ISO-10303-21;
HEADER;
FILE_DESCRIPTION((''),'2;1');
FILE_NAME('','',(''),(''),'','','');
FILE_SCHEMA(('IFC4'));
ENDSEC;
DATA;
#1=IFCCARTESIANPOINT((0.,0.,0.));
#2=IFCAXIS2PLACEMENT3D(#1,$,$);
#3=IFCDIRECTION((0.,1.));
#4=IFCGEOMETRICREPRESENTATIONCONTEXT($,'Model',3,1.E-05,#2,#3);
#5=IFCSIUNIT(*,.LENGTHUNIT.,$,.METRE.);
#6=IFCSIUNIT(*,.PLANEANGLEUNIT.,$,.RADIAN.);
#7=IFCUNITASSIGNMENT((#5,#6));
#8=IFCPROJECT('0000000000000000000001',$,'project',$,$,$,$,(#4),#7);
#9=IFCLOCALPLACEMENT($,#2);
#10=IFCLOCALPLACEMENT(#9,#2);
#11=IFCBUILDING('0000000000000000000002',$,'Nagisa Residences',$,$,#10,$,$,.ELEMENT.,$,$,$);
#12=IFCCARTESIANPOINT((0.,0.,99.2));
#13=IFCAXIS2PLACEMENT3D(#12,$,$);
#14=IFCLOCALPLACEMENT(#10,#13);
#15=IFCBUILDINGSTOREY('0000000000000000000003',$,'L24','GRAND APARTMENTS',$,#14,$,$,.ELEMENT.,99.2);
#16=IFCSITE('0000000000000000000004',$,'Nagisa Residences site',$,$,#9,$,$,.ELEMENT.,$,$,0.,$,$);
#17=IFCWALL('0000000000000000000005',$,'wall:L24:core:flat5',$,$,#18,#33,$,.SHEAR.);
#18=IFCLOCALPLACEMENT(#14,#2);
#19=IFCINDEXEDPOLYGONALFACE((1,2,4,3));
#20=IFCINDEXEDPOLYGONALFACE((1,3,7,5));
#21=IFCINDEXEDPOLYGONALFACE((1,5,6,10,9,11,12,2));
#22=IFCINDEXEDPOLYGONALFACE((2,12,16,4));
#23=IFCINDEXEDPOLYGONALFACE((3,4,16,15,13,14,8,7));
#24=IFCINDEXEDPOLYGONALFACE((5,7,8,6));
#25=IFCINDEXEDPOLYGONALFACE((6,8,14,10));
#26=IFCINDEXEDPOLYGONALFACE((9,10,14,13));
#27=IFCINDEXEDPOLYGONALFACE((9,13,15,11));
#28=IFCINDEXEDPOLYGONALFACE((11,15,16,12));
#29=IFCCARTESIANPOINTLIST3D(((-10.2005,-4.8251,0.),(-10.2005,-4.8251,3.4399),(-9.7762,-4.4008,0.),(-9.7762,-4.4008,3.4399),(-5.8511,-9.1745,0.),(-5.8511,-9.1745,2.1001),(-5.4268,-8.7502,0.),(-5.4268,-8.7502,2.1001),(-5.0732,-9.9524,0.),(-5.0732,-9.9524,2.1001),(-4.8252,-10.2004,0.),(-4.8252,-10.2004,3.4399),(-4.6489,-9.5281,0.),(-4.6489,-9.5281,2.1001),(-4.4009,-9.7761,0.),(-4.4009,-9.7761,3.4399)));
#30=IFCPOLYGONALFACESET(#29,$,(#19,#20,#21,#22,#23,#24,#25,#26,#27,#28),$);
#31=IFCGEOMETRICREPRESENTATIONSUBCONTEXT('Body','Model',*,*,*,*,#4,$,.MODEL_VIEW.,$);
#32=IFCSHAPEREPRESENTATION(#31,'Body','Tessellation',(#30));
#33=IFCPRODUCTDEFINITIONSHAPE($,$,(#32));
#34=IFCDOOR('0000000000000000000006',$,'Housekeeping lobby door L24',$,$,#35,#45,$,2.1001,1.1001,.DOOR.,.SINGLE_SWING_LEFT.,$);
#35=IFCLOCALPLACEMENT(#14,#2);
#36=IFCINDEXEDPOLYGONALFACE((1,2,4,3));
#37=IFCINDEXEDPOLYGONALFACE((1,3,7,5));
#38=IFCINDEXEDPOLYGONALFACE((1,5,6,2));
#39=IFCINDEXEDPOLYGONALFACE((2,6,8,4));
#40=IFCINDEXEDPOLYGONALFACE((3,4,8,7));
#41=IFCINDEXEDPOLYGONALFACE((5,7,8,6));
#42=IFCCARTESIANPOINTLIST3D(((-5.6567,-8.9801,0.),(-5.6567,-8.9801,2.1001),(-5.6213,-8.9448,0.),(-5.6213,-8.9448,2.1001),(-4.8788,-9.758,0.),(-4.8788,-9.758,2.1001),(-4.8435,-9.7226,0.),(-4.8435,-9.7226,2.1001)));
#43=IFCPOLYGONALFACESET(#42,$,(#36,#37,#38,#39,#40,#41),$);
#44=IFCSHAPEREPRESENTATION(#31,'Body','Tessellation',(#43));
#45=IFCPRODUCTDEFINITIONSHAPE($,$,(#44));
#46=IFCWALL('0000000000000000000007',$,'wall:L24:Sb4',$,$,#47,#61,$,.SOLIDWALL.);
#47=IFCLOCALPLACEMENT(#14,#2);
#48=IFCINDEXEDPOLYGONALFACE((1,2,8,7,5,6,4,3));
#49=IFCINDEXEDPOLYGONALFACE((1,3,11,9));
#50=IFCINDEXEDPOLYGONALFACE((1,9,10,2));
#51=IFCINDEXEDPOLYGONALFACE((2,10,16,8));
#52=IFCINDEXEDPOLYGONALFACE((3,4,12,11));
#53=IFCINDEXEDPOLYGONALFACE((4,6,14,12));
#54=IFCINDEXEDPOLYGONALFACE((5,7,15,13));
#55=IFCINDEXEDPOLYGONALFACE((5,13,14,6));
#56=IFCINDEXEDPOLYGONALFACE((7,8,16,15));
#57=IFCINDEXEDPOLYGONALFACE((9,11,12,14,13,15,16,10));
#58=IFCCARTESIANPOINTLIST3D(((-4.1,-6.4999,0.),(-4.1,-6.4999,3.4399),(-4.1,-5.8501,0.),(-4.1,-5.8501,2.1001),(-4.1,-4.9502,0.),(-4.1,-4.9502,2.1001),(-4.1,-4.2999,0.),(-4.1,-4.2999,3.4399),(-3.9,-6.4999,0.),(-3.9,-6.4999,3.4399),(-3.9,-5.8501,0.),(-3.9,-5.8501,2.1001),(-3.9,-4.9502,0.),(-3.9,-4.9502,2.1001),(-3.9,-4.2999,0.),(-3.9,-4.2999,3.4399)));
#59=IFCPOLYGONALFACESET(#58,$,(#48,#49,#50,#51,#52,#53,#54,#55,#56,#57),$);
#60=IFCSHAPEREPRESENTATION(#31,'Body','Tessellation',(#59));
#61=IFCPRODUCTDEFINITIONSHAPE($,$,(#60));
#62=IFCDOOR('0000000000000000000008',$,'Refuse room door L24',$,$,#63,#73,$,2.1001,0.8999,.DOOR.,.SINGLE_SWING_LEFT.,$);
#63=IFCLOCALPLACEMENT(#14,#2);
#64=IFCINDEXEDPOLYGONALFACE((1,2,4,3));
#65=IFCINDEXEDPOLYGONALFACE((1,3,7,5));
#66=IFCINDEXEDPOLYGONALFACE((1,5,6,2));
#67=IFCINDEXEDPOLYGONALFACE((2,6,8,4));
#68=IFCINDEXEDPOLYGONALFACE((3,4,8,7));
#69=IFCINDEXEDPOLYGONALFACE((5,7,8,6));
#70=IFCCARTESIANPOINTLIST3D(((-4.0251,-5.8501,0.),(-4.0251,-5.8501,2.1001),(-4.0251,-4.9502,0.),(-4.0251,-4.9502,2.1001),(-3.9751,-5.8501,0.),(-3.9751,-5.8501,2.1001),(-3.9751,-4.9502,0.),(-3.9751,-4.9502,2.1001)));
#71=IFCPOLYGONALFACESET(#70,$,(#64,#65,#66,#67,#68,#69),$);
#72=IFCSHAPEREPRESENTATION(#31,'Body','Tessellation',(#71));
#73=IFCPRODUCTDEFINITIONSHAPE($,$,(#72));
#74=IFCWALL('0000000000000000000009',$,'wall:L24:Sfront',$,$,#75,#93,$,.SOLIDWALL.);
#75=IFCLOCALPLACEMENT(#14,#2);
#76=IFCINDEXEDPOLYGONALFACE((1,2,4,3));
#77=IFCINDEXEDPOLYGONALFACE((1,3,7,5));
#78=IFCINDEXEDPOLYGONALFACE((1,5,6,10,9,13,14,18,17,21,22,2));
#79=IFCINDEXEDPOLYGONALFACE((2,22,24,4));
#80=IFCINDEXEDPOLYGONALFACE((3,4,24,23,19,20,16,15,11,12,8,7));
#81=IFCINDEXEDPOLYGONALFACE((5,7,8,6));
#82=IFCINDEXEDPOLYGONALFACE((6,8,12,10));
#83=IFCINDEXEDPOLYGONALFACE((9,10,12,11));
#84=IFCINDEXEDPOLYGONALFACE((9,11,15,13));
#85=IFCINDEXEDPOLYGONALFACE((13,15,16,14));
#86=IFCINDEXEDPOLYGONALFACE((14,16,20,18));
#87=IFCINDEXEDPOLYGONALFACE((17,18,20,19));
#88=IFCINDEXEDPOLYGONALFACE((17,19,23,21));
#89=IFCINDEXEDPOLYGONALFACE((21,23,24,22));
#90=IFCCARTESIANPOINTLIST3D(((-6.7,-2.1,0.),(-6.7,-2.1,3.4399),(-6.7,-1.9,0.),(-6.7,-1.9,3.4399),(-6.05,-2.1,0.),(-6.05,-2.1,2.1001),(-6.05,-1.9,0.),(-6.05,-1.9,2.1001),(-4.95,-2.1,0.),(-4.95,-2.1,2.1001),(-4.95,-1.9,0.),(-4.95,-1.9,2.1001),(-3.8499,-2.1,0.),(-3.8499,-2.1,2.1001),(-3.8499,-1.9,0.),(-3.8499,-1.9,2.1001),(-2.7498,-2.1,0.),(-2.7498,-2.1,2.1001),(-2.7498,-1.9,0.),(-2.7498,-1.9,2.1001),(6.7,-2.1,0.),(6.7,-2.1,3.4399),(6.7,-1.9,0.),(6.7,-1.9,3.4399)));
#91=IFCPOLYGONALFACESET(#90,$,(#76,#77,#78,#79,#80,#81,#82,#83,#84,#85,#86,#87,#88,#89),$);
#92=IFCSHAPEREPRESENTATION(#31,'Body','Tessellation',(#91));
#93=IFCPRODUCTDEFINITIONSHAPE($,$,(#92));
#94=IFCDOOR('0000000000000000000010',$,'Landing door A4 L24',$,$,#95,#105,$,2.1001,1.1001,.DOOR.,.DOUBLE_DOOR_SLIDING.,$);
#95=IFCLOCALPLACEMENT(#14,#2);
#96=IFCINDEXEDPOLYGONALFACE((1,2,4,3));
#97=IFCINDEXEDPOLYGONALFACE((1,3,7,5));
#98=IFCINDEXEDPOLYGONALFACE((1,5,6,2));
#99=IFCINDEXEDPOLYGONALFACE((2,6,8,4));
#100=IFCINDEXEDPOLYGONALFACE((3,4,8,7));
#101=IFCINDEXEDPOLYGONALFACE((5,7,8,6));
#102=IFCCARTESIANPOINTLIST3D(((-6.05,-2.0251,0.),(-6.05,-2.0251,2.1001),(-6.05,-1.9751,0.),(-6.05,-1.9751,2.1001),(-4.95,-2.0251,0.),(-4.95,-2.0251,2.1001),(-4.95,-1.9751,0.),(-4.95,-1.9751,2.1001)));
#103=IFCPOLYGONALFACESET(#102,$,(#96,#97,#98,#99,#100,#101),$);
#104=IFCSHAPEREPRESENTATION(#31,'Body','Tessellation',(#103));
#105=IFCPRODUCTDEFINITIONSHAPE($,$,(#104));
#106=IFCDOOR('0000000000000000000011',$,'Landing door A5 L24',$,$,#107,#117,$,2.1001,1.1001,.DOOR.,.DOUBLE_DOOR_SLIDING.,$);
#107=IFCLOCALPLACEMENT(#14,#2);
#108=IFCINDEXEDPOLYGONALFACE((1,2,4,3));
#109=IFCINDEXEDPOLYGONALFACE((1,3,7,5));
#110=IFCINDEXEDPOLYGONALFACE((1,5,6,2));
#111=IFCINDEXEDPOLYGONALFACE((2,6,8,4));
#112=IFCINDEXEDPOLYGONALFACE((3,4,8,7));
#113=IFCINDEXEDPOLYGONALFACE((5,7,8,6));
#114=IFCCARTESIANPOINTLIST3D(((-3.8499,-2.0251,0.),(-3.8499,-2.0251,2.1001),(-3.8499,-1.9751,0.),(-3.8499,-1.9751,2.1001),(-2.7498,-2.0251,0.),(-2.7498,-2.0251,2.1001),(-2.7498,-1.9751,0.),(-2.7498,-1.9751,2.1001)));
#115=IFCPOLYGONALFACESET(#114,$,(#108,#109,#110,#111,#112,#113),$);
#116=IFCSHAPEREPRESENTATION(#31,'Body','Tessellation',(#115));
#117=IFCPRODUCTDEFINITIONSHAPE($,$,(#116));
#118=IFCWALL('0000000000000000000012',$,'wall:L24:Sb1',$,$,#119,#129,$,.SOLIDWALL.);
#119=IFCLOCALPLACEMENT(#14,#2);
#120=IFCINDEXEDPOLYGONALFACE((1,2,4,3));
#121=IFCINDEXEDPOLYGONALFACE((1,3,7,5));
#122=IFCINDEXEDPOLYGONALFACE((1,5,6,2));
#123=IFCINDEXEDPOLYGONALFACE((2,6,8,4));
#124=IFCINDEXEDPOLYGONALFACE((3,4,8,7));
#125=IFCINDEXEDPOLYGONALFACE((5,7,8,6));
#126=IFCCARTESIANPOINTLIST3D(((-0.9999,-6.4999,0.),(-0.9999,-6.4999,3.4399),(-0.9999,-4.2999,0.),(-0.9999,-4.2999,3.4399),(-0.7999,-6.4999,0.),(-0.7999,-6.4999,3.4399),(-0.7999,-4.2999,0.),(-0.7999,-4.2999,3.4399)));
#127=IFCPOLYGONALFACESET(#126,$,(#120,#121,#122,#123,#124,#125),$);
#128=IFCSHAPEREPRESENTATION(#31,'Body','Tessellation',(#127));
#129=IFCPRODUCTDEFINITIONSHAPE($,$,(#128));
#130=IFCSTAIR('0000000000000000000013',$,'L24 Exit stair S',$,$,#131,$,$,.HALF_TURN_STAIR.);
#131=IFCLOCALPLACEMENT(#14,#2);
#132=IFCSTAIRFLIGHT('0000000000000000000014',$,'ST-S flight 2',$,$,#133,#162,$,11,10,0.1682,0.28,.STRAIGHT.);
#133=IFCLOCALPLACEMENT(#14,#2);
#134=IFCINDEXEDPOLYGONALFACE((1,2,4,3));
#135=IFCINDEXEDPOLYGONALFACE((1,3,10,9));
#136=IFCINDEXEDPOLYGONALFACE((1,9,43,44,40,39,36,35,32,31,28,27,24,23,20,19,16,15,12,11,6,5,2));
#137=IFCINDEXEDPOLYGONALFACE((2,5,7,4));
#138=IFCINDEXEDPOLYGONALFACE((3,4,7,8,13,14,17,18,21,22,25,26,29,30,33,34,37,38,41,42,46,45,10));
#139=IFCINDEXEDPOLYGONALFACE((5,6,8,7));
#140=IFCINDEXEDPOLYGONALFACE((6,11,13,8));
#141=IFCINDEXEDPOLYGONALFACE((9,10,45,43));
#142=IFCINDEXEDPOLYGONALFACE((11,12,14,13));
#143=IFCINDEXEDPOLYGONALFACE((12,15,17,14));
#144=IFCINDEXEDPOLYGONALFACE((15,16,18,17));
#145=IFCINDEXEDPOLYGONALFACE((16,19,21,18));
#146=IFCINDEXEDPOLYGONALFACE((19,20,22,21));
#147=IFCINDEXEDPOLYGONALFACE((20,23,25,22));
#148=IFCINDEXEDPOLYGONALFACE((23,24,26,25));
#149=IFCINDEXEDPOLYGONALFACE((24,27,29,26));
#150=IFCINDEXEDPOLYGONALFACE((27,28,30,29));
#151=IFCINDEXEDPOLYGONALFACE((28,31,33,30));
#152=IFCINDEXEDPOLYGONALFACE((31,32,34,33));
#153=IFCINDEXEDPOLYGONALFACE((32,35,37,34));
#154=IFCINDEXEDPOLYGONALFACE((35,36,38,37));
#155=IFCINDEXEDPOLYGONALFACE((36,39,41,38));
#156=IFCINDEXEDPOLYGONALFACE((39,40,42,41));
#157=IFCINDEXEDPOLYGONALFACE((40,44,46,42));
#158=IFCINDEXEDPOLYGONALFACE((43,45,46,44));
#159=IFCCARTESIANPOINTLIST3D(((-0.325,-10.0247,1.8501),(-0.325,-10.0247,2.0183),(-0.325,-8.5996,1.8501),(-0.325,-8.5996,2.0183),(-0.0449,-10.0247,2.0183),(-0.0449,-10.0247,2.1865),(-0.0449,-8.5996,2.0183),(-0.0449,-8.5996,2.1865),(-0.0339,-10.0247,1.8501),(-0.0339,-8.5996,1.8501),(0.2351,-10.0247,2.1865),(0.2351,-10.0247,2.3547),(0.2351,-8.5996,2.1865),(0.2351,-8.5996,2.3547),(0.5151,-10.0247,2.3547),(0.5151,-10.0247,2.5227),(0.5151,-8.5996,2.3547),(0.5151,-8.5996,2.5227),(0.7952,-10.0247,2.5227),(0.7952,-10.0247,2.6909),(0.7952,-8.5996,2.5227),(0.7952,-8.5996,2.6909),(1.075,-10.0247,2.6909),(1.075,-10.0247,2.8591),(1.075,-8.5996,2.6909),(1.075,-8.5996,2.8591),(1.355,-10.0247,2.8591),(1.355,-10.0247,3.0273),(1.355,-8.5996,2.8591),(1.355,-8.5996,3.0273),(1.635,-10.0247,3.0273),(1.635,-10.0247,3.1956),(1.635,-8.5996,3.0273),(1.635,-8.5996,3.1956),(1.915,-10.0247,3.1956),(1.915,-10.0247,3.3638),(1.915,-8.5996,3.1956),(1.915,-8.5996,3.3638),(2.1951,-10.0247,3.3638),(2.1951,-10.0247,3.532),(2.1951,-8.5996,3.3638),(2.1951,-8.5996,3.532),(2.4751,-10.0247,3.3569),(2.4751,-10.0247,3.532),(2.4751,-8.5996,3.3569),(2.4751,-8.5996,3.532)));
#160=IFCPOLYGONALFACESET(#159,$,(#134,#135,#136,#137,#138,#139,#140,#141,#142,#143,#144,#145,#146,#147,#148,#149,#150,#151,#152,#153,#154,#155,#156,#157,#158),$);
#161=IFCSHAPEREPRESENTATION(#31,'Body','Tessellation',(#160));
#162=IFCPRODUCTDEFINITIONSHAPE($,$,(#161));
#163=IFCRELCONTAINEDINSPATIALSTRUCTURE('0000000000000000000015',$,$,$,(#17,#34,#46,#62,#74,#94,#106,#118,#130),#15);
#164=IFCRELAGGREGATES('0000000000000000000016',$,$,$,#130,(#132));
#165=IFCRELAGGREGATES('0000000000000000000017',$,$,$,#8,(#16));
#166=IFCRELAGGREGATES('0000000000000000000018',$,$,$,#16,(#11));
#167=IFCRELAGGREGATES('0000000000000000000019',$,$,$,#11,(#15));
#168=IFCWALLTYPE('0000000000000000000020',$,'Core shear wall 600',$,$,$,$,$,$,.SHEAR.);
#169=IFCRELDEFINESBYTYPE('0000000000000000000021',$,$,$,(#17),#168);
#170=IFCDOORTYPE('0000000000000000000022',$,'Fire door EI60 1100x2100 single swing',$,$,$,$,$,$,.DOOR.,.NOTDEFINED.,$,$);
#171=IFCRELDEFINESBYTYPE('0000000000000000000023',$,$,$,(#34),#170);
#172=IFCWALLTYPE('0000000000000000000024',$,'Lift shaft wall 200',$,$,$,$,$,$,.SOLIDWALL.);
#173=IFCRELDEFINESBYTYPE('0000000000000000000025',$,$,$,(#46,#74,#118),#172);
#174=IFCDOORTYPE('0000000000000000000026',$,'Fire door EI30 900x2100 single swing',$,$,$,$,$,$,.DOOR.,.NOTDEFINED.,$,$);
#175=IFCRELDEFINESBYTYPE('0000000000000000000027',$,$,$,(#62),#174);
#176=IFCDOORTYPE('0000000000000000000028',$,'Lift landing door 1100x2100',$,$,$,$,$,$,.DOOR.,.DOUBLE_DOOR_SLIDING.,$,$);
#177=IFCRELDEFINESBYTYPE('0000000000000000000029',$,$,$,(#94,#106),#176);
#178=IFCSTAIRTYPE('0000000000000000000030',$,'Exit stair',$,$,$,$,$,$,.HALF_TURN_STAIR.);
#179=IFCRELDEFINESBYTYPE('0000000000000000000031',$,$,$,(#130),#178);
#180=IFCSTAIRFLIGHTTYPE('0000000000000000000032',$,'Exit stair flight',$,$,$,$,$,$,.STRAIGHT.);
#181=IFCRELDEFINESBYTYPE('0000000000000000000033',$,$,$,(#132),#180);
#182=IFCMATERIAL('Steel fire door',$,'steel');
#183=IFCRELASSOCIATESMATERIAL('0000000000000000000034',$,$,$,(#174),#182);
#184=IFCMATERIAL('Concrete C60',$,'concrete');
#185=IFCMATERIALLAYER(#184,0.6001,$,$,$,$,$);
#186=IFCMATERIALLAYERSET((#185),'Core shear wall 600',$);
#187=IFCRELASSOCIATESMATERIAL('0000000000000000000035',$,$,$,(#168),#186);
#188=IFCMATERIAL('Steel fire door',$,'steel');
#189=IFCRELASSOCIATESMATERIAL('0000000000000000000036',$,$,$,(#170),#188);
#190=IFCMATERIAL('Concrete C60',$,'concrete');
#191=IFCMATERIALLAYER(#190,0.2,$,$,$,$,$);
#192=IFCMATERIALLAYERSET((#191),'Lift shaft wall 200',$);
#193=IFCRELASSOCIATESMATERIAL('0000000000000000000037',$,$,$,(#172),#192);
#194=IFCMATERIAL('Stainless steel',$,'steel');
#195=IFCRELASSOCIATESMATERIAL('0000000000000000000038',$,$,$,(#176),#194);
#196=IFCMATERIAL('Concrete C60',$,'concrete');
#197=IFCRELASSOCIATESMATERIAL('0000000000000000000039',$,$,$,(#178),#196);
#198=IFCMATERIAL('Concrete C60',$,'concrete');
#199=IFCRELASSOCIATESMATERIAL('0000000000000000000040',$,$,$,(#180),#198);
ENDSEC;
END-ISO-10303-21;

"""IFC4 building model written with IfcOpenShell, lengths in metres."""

from ifc_helpers import new_model, si_unit, direction, frame, frame_2d, origin, place, context, subcontext, project, spatial, polyline, rectangle, outline, extrude, material, layer, layer_set, type_object, element, fill, aggregate, save


model = new_model("IFC4")

# Units and contexts
model_context = context("Model", 3, precision=1e-05, world=origin(), true_north=direction((0.0, 1.0)))
body_context = subcontext(model_context, "Body", "Model", "MODEL_VIEW")
ifc_project = project(units=[si_unit("LENGTHUNIT", "METRE"), si_unit("PLANEANGLEUNIT", "RADIAN")], contexts=[model_context])

# Site, building, storey
site_placement = place(None, origin())
site = spatial("IfcSite", under=ifc_project, at=site_placement, Name="Nagisa Residences site", CompositionType="ELEMENT", RefElevation=0.0)
building_placement = place(site_placement, origin())
building = spatial("IfcBuilding", under=site, at=building_placement, Name="Nagisa Residences", CompositionType="ELEMENT")
storey_placement = place(building_placement, frame((0.0, 0.0, 99.2)))
storey = spatial("IfcBuildingStorey", under=building, at=storey_placement, Name="L24", Description="GRAND APARTMENTS", CompositionType="ELEMENT", Elevation=99.2)

# Shared definitions
ifc_material_1 = material(Name="Steel fire door", Category="steel")
door_type_1 = type_object("IfcDoorType", Name="Fire door EI30 900x2100 single swing", OperationType="NOTDEFINED", PredefinedType="DOOR", material=ifc_material_1)

# Walls, openings, doors
ifc_material_2 = material(Name="Concrete C60", Category="concrete")
ifc_layer_1 = layer(ifc_material_2, 0.6001)
ifc_layer_set_1 = layer_set([ifc_layer_1], Name="Core shear wall 600")
wall_type_1 = type_object("IfcWallType", Name="Core shear wall 600", PredefinedType="SHEAR", material=ifc_layer_set_1)
wall_1_placement = place(storey_placement, frame((-9.9883, -4.613, 0.0), z_axis=(0.0, 0.0, 1.0), x_axis=(0.707107, -0.707107, 0.0)))
wall_1 = element("IfcWall", 1, at=wall_1_placement, inside=storey, type_object=wall_type_1, Name="wall:L24:core:flat5", PredefinedType="SHEAR", context=body_context, shape_type="SweptSolid", body=[
    extrude(rectangle(XDim=7.6018, YDim=0.6001, at=frame_2d((3.8008, 0.0))), origin(), (0.0, 0.0, 1.0), 3.4399),
])
opening_1_placement = place(wall_1_placement, frame((6.1509, 0.0, 0.0)))
opening_1 = element("IfcOpeningElement", 2, at=opening_1_placement, cuts=wall_1, PredefinedType="OPENING", context=body_context, shape_type="SweptSolid", body=[
    extrude(rectangle(XDim=1.1001, YDim=2.1001, at=frame_2d((0.55, 1.05))), frame((0.0, 0.3101, 0.0), z_axis=(0.0, -1.0, 0.0), x_axis=(1.0, 0.0, 0.0)), (0.0, 0.0, 1.0), 0.6201),
])
ifc_material_3 = material(Name="Steel fire door", Category="steel")
door_type_2 = type_object("IfcDoorType", Name="Fire door EI60 1100x2100 single swing", OperationType="NOTDEFINED", PredefinedType="DOOR", material=ifc_material_3)
door_1_placement = place(opening_1_placement, origin())
door_1 = element("IfcDoor", 3, at=door_1_placement, inside=storey, type_object=door_type_2, Name="Housekeeping lobby door L24", OperationType="SINGLE_SWING_LEFT", OverallHeight=2.1001, OverallWidth=1.1001, PredefinedType="DOOR", context=body_context, shape_type="SweptSolid", body=[
    extrude(rectangle(XDim=1.1001, YDim=2.1001, at=frame_2d((0.55, 1.05))), frame((0.0, 0.0249, 0.0), z_axis=(0.0, -1.0, 0.0), x_axis=(1.0, 0.0, 0.0)), (0.0, 0.0, 1.0), 0.05),
])
fill(opening_1, door_1)
ifc_material_4 = material(Name="Concrete C60", Category="concrete")
ifc_layer_2 = layer(ifc_material_4, 0.2)
ifc_layer_set_2 = layer_set([ifc_layer_2], Name="Lift shaft wall 200")
wall_type_2 = type_object("IfcWallType", Name="Lift shaft wall 200", PredefinedType="SOLIDWALL", material=ifc_layer_set_2)
wall_2_placement = place(storey_placement, frame((-4.0, -6.5, 0.0), z_axis=(0.0, 0.0, 1.0), x_axis=(0.0, 1.0, 0.0)))
wall_2 = element("IfcWall", 4, at=wall_2_placement, inside=storey, type_object=wall_type_2, Name="wall:L24:Sb4", PredefinedType="SOLIDWALL", context=body_context, shape_type="SweptSolid", body=[
    extrude(rectangle(XDim=2.2, YDim=0.2, at=frame_2d((1.1001, 0.0))), origin(), (0.0, 0.0, 1.0), 3.4399),
])
opening_2_placement = place(wall_2_placement, frame((0.6499, 0.0, 0.0)))
opening_2 = element("IfcOpeningElement", 5, at=opening_2_placement, cuts=wall_2, PredefinedType="OPENING", context=body_context, shape_type="SweptSolid", body=[
    extrude(rectangle(XDim=0.8999, YDim=2.1001, at=frame_2d((0.45, 1.05))), frame((0.0, 0.1099, 0.0), z_axis=(0.0, -1.0, 0.0), x_axis=(1.0, 0.0, 0.0)), (0.0, 0.0, 1.0), 0.22),
])
door_2_placement = place(opening_2_placement, frame((0.8999, 0.0, 0.0), x_axis=(-1.0, 0.0, 0.0)))
door_2 = element("IfcDoor", 6, at=door_2_placement, inside=storey, type_object=door_type_1, Name="Refuse room door L24", OperationType="SINGLE_SWING_LEFT", OverallHeight=2.1001, OverallWidth=0.8999, PredefinedType="DOOR", context=body_context, shape_type="SweptSolid", body=[
    extrude(rectangle(XDim=0.8999, YDim=2.1001, at=frame_2d((0.45, 1.05))), frame((0.0, 0.0249, 0.0), z_axis=(0.0, -1.0, 0.0), x_axis=(1.0, 0.0, 0.0)), (0.0, 0.0, 1.0), 0.05),
])
fill(opening_2, door_2)

# Wall, openings, doors
wall_3_placement = place(storey_placement, frame((-6.7, -2.0, 0.0), z_axis=(0.0, 0.0, 1.0), x_axis=(1.0, 0.0, 0.0)))
wall_3 = element("IfcWall", 7, at=wall_3_placement, inside=storey, type_object=wall_type_2, Name="wall:L24:Sfront", PredefinedType="SOLIDWALL", context=body_context, shape_type="SweptSolid", body=[
    extrude(rectangle(XDim=13.3999, YDim=0.2, at=frame_2d((6.7, 0.0))), origin(), (0.0, 0.0, 1.0), 3.4399),
])
opening_3_placement = place(wall_3_placement, frame((0.6499, 0.0, 0.0)))
opening_3 = element("IfcOpeningElement", 8, at=opening_3_placement, cuts=wall_3, PredefinedType="OPENING", context=body_context, shape_type="SweptSolid", body=[
    extrude(rectangle(XDim=1.1001, YDim=2.1001, at=frame_2d((0.55, 1.05))), frame((0.0, 0.1099, 0.0), z_axis=(0.0, -1.0, 0.0), x_axis=(1.0, 0.0, 0.0)), (0.0, 0.0, 1.0), 0.22),
])
opening_4_placement = place(wall_3_placement, frame((2.8501, 0.0, 0.0)))
opening_4 = element("IfcOpeningElement", 9, at=opening_4_placement, cuts=wall_3, PredefinedType="OPENING", context=body_context, shape_type="SweptSolid", body=[
    extrude(rectangle(XDim=1.1001, YDim=2.1001, at=frame_2d((0.55, 1.05))), frame((0.0, 0.1099, 0.0), z_axis=(0.0, -1.0, 0.0), x_axis=(1.0, 0.0, 0.0)), (0.0, 0.0, 1.0), 0.22),
])
ifc_material_5 = material(Name="Stainless steel", Category="steel")
door_type_3 = type_object("IfcDoorType", Name="Lift landing door 1100x2100", OperationType="DOUBLE_DOOR_SLIDING", PredefinedType="DOOR", material=ifc_material_5)
door_3_placement = place(opening_3_placement, origin())
door_3 = element("IfcDoor", 10, at=door_3_placement, inside=storey, type_object=door_type_3, Name="Landing door A4 L24", OperationType="DOUBLE_DOOR_SLIDING", OverallHeight=2.1001, OverallWidth=1.1001, PredefinedType="DOOR", context=body_context, shape_type="SweptSolid", body=[
    extrude(rectangle(XDim=1.1001, YDim=2.1001, at=frame_2d((0.55, 1.05))), frame((0.0, 0.0249, 0.0), z_axis=(0.0, -1.0, 0.0), x_axis=(1.0, 0.0, 0.0)), (0.0, 0.0, 1.0), 0.05),
])
fill(opening_3, door_3)
door_4_placement = place(opening_4_placement, origin())
door_4 = element("IfcDoor", 11, at=door_4_placement, inside=storey, type_object=door_type_3, Name="Landing door A5 L24", OperationType="DOUBLE_DOOR_SLIDING", OverallHeight=2.1001, OverallWidth=1.1001, PredefinedType="DOOR", context=body_context, shape_type="SweptSolid", body=[
    extrude(rectangle(XDim=1.1001, YDim=2.1001, at=frame_2d((0.55, 1.05))), frame((0.0, 0.0249, 0.0), z_axis=(0.0, -1.0, 0.0), x_axis=(1.0, 0.0, 0.0)), (0.0, 0.0, 1.0), 0.05),
])
fill(opening_4, door_4)

# Wall
wall_4_placement = place(storey_placement, frame((-0.8999, -6.5, 0.0), z_axis=(0.0, 0.0, 1.0), x_axis=(0.0, 1.0, 0.0)))
element("IfcWall", 12, at=wall_4_placement, inside=storey, type_object=wall_type_2, Name="wall:L24:Sb1", PredefinedType="SOLIDWALL", context=body_context, shape_type="SweptSolid", body=[
    extrude(rectangle(XDim=2.2, YDim=0.2, at=frame_2d((1.1001, 0.0))), origin(), (0.0, 0.0, 1.0), 3.4399),
])

# Stair, stair flight
ifc_material_6 = material(Name="Concrete C60", Category="concrete")
stair_type = type_object("IfcStairType", Name="Exit stair", PredefinedType="HALF_TURN_STAIR", material=ifc_material_6)
stair_placement = place(storey_placement, origin())
stair = element("IfcStair", 13, at=stair_placement, inside=storey, type_object=stair_type, Name="L24 Exit stair S", PredefinedType="HALF_TURN_STAIR")
ifc_material_7 = material(Name="Concrete C60", Category="concrete")
stair_flight_type = type_object("IfcStairFlightType", Name="Exit stair flight", PredefinedType="STRAIGHT", material=ifc_material_7)
stair_flight_placement = place(storey_placement, frame((-0.325, -9.312, 1.8501), z_axis=(0.0, 0.0, 1.0), x_axis=(1.0, 0.0, 0.0)))
stair_flight = element("IfcStairFlight", 14, at=stair_flight_placement, type_object=stair_flight_type, Name="ST-S flight 2", NumberOfRisers=11, NumberOfTreads=10, PredefinedType="STRAIGHT", RiserHeight=0.1682, TreadLength=0.28, context=body_context, shape_type="SweptSolid", body=[
    extrude(outline(polyline([(0.0, 0.0), (0.0, 0.1682), (0.28, 0.1682), (0.28, 0.3364), (0.5601, 0.3364), (0.5601, 0.5046), (0.8401, 0.5046), (0.8401, 0.6726), (1.1201, 0.6726), (1.1201, 0.8408), (1.3999, 0.8408), (1.3999, 1.009), (1.6799, 1.009), (1.6799, 1.1772), (1.96, 1.1772), (1.96, 1.3455), (2.24, 1.3455), (2.24, 1.5137), (2.52, 1.5137), (2.52, 1.6819), (2.8, 1.6819), (2.8, 1.8501), (2.8, 1.5068), (0.291, 0.0), (0.0, 0.0)])), frame((0.0, 0.7124, 0.0), z_axis=(0.0, -1.0, 0.0), x_axis=(1.0, 0.0, 0.0)), (0.0, 0.0, 1.0), 1.425),
])
aggregate(stair, [stair_flight])

save(model, "model.ifc")
